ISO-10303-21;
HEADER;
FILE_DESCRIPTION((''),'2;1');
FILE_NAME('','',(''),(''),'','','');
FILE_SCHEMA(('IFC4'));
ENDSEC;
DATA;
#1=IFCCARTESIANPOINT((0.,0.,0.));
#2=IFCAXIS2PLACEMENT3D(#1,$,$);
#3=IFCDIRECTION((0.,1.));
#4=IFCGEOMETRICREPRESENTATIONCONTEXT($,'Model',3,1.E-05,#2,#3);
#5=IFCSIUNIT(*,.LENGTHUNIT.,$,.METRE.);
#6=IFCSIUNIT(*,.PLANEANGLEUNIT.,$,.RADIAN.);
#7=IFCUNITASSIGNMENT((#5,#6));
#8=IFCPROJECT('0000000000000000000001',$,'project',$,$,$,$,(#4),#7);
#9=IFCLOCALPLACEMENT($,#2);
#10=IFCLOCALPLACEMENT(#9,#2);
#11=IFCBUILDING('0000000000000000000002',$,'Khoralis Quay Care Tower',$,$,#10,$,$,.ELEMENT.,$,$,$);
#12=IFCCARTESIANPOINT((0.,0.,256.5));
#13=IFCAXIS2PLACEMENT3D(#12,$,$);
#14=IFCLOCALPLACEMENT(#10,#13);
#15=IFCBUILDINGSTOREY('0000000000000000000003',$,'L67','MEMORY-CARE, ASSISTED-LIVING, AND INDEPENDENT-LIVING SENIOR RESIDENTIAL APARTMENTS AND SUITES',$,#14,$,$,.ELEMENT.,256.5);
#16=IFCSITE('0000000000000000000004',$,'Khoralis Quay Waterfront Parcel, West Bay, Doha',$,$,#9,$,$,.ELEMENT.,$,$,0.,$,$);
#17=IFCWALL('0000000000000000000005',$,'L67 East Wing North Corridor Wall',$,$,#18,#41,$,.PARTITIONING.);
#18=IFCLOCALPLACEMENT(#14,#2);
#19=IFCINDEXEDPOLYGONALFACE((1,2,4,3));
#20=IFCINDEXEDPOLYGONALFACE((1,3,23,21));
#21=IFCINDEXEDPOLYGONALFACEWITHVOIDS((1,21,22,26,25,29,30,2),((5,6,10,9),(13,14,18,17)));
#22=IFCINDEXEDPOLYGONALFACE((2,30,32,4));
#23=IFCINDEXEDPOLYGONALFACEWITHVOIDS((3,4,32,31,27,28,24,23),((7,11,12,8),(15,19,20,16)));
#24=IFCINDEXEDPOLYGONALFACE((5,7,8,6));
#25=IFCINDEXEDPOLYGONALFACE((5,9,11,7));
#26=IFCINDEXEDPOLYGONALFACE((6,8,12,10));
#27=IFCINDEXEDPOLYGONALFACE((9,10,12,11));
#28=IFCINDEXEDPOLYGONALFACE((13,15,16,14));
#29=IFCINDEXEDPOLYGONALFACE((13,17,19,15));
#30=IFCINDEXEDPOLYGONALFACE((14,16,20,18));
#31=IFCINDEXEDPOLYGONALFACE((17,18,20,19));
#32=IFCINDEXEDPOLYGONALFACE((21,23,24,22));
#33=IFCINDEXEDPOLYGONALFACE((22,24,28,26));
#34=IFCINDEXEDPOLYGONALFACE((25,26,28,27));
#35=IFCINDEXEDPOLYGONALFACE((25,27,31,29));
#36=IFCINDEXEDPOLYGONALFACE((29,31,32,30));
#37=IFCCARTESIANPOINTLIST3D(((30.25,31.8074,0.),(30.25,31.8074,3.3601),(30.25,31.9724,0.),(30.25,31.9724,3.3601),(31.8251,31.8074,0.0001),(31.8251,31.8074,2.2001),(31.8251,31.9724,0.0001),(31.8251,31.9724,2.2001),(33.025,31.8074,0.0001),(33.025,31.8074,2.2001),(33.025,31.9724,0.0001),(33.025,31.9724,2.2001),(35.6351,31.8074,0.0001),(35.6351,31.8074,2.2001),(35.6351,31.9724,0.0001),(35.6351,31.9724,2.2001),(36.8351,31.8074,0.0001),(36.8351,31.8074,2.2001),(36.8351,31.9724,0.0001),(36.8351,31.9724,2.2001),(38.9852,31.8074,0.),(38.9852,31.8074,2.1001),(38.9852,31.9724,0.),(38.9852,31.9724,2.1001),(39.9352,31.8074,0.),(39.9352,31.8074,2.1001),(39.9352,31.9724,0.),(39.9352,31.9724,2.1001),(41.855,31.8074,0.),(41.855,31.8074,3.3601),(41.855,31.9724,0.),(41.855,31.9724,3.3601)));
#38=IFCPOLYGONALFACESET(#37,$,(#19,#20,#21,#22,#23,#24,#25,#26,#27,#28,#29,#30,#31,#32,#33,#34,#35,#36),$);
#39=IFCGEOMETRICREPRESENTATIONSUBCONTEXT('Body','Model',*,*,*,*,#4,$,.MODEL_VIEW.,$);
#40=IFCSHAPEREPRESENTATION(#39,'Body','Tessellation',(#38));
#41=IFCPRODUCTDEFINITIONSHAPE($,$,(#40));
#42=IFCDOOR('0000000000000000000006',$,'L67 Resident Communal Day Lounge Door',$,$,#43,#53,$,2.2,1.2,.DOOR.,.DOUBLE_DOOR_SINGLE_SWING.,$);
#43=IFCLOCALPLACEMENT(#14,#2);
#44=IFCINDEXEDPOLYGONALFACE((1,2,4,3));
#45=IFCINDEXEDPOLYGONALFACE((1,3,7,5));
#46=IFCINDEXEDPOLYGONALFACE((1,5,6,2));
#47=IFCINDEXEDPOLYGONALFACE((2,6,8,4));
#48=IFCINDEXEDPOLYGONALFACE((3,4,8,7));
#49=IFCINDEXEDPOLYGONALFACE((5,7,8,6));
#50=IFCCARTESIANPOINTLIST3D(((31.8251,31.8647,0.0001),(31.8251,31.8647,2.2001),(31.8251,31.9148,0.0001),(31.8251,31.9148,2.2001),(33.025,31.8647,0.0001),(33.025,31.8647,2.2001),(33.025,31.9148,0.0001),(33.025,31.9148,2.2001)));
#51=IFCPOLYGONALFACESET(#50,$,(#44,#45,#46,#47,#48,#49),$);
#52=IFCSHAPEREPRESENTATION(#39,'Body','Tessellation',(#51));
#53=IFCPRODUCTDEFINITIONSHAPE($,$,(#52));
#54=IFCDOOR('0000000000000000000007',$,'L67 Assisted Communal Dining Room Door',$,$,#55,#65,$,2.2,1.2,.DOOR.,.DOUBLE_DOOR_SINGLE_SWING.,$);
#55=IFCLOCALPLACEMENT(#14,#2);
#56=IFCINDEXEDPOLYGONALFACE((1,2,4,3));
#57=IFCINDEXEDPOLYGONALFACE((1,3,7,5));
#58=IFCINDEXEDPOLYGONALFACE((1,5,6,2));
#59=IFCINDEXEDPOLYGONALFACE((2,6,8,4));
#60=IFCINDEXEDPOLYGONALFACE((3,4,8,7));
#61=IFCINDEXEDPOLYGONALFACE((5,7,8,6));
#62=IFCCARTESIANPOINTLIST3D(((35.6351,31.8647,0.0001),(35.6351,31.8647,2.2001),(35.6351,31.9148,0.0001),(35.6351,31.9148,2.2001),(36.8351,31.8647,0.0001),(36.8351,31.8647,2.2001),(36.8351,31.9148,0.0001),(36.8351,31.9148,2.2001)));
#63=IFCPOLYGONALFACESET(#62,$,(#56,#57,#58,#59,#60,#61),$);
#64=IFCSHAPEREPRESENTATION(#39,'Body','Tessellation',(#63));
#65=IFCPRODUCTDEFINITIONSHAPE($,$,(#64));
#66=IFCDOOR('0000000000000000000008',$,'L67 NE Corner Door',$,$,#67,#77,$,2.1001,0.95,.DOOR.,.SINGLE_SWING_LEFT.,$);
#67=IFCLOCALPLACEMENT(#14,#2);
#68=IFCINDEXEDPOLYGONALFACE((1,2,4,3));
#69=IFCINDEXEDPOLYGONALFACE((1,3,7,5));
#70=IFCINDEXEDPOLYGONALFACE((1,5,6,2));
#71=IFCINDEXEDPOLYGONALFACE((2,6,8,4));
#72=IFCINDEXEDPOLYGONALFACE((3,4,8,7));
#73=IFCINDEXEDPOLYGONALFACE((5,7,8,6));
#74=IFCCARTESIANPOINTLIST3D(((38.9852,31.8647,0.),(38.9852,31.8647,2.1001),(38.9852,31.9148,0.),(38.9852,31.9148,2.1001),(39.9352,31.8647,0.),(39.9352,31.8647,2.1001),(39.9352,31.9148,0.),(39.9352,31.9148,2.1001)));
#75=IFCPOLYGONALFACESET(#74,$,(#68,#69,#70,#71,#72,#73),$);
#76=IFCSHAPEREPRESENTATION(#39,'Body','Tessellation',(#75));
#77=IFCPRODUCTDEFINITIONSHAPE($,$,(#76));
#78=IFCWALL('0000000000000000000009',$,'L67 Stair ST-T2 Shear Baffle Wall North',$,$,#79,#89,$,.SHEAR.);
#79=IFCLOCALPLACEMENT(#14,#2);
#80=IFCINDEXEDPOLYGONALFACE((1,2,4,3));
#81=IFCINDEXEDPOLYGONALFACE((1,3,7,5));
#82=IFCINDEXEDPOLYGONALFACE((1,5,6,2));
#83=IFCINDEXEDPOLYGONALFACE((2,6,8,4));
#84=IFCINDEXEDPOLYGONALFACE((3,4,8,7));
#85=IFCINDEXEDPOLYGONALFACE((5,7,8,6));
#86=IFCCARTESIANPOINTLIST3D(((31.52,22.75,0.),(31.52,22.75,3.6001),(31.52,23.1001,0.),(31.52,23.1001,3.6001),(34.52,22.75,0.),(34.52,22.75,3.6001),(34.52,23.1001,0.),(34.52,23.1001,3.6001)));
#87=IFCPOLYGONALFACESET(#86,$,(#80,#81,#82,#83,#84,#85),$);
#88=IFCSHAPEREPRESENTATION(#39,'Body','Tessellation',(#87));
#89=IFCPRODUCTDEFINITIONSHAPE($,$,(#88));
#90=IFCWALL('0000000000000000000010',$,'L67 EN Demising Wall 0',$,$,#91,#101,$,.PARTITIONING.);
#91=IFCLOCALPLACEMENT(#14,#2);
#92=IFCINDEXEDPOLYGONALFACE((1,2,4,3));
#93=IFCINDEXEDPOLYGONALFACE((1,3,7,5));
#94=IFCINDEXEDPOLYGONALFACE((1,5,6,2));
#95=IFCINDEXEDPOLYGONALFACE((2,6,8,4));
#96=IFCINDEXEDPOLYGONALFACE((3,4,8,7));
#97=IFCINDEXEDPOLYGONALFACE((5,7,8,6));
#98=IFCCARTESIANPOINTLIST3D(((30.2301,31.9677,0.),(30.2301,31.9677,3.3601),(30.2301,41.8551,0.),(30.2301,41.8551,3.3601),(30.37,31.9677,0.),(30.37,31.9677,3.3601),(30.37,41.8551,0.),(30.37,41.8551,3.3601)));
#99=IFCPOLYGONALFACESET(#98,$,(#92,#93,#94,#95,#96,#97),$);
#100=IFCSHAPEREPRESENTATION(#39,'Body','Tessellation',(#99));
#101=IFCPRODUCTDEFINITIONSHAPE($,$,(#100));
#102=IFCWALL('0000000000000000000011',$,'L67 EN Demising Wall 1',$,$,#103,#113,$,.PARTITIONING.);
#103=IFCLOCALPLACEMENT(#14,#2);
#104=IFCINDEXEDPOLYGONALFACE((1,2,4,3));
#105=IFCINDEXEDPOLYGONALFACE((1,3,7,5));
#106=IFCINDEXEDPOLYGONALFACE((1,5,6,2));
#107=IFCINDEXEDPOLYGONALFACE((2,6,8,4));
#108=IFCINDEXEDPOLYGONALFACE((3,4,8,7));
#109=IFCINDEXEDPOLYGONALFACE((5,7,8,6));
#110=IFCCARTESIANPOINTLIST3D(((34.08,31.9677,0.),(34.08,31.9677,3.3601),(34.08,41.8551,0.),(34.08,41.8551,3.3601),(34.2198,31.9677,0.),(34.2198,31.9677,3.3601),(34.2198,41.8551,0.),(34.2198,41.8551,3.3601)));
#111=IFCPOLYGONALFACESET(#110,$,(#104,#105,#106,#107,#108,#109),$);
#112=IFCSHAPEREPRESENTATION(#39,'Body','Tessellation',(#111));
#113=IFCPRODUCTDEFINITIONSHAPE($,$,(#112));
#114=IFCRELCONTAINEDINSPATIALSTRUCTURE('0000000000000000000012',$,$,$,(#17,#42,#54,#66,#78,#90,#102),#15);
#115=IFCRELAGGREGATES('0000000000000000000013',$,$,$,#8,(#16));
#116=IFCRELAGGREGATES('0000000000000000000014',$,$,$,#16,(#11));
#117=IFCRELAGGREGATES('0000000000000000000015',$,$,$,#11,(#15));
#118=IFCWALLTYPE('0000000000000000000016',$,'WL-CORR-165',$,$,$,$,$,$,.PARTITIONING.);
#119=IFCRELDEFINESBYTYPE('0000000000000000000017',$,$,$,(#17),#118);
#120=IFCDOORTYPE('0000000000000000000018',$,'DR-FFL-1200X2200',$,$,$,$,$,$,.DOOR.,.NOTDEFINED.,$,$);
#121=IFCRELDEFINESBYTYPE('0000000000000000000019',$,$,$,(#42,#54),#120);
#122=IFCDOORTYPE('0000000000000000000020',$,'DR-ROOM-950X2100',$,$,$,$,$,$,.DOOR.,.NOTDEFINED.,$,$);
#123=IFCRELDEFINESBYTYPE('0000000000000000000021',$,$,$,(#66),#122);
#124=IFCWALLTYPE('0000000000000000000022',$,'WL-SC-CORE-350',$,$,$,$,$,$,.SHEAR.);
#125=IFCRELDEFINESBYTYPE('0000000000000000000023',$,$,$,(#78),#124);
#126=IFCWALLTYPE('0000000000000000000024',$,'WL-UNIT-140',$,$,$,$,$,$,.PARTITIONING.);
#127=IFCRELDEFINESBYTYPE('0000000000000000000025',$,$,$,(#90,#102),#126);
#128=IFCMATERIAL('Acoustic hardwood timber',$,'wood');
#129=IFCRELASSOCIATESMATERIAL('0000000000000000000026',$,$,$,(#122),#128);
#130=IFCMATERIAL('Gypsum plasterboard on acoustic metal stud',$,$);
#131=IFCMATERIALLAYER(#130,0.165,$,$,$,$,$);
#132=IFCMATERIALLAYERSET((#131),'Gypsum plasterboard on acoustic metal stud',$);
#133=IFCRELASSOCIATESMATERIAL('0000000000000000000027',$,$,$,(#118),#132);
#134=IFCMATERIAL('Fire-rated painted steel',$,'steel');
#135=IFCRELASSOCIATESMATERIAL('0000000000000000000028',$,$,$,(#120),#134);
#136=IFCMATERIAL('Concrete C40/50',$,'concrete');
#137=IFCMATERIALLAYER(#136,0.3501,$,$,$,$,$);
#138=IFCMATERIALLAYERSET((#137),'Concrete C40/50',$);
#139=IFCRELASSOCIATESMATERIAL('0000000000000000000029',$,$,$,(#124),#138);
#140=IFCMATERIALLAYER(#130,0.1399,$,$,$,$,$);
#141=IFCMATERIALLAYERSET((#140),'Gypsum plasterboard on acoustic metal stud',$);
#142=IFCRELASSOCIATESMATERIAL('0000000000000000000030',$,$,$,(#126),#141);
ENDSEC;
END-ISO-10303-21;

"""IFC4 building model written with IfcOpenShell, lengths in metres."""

from ifc_helpers import new_model, si_unit, direction, frame, frame_2d, origin, place, context, subcontext, project, spatial, rectangle, extrude, source, transform, mapped, material, layer, layer_set, type_object, element, fill, save


model = new_model("IFC4")

# Units and contexts
model_context = context("Model", 3, precision=1e-05, world=origin(), true_north=direction((0.0, 1.0)))
body_context = subcontext(model_context, "Body", "Model", "MODEL_VIEW")
ifc_project = project(units=[si_unit("LENGTHUNIT", "METRE"), si_unit("PLANEANGLEUNIT", "RADIAN")], contexts=[model_context])

# Site, building, storey
site_placement = place(None, origin())
site = spatial("IfcSite", under=ifc_project, at=site_placement, Name="Khoralis Quay Waterfront Parcel, West Bay, Doha", CompositionType="ELEMENT", RefElevation=0.0)
building_placement = place(site_placement, origin())
building = spatial("IfcBuilding", under=site, at=building_placement, Name="Khoralis Quay Care Tower", CompositionType="ELEMENT")
storey_placement = place(building_placement, frame((0.0, 0.0, 256.5)))
storey = spatial("IfcBuildingStorey", under=building, at=storey_placement, Name="L67", Description="MEMORY-CARE, ASSISTED-LIVING, AND INDEPENDENT-LIVING SENIOR RESIDENTIAL APARTMENTS AND SUITES", CompositionType="ELEMENT", Elevation=256.5)

# Shared definitions
ifc_material_1 = material(Name="Acoustic hardwood timber", Category="wood")
door_type_1 = type_object("IfcDoorType", Name="DR-ROOM-950X2100", OperationType="NOTDEFINED", PredefinedType="DOOR", material=ifc_material_1)
shared_shape_1 = source(origin(), body_context, "Body", "SweptSolid", [
    extrude(rectangle(XDim=0.95, YDim=2.1001, at=frame_2d((0.4751, 1.05))), frame((0.0, 0.0249, 0.0), z_axis=(0.0, -1.0, 0.0), x_axis=(1.0, 0.0, 0.0)), (0.0, 0.0, 1.0), 0.05),
])

# Shared definitions
ifc_material_2 = material(Name="Gypsum plasterboard on acoustic metal stud")
ifc_layer_1 = layer(ifc_material_2, 0.165)
ifc_layer_set_1 = layer_set([ifc_layer_1], Name="Gypsum plasterboard on acoustic metal stud")
wall_type_1 = type_object("IfcWallType", Name="WL-CORR-165", PredefinedType="PARTITIONING", material=ifc_layer_set_1)
ifc_material_3 = material(Name="Fire-rated painted steel", Category="steel")
door_type_2 = type_object("IfcDoorType", Name="DR-FFL-1200X2200", OperationType="NOTDEFINED", PredefinedType="DOOR", material=ifc_material_3)
shared_shape_2 = source(origin(), body_context, "Body", "SweptSolid", [
    extrude(rectangle(XDim=1.2, YDim=2.2, at=frame_2d((0.6001, 1.1001))), frame((0.0, 0.0249, 0.0), z_axis=(0.0, -1.0, 0.0), x_axis=(1.0, 0.0, 0.0)), (0.0, 0.0, 1.0), 0.05),
])

# Wall, openings, doors
wall_1_placement = place(storey_placement, frame((30.25, 31.8899, 0.0), z_axis=(0.0, 0.0, 1.0), x_axis=(1.0, 0.0, 0.0)))
wall_1 = element("IfcWall", 1, at=wall_1_placement, inside=storey, type_object=wall_type_1, Name="L67 East Wing North Corridor Wall", PredefinedType="PARTITIONING", context=body_context, shape_type="SweptSolid", body=[
    extrude(rectangle(XDim=11.605, YDim=0.165, at=frame_2d((5.8025, 0.0))), origin(), (0.0, 0.0, 1.0), 3.3601),
])
opening_1_placement = place(wall_1_placement, frame((1.575, 0.0, 0.0)))
opening_1 = element("IfcOpeningElement", 2, at=opening_1_placement, cuts=wall_1, PredefinedType="OPENING", context=body_context, shape_type="SweptSolid", body=[
    extrude(rectangle(XDim=1.2, YDim=2.2, at=frame_2d((0.6001, 1.1001))), frame((0.0, 0.0925, 0.0), z_axis=(0.0, -1.0, 0.0), x_axis=(1.0, 0.0, 0.0)), (0.0, 0.0, 1.0), 0.1851),
])
opening_2_placement = place(wall_1_placement, frame((5.385, 0.0, 0.0)))
opening_2 = element("IfcOpeningElement", 3, at=opening_2_placement, cuts=wall_1, PredefinedType="OPENING", context=body_context, shape_type="SweptSolid", body=[
    extrude(rectangle(XDim=1.2, YDim=2.2, at=frame_2d((0.6001, 1.1001))), frame((0.0, 0.0925, 0.0), z_axis=(0.0, -1.0, 0.0), x_axis=(1.0, 0.0, 0.0)), (0.0, 0.0, 1.0), 0.1851),
])
opening_3_placement = place(wall_1_placement, frame((8.7351, 0.0, 0.0)))
opening_3 = element("IfcOpeningElement", 4, at=opening_3_placement, cuts=wall_1, PredefinedType="OPENING", context=body_context, shape_type="SweptSolid", body=[
    extrude(rectangle(XDim=0.95, YDim=2.1001, at=frame_2d((0.4751, 1.05))), frame((0.0, 0.0925, 0.0), z_axis=(0.0, -1.0, 0.0), x_axis=(1.0, 0.0, 0.0)), (0.0, 0.0, 1.0), 0.1851),
])
door_1_placement = place(opening_1_placement, origin())
door_1 = element("IfcDoor", 5, at=door_1_placement, inside=storey, type_object=door_type_2, Name="L67 Resident Communal Day Lounge Door", OperationType="DOUBLE_DOOR_SINGLE_SWING", OverallHeight=2.2, OverallWidth=1.2, PredefinedType="DOOR", context=body_context, shape_type="MappedRepresentation", body=[
    mapped(shared_shape_2, transform((0.0, 0.0, 0.0), scale=1.0)),
])
fill(opening_1, door_1)
door_2_placement = place(opening_2_placement, origin())
door_2 = element("IfcDoor", 6, at=door_2_placement, inside=storey, type_object=door_type_2, Name="L67 Assisted Communal Dining Room Door", OperationType="DOUBLE_DOOR_SINGLE_SWING", OverallHeight=2.2, OverallWidth=1.2, PredefinedType="DOOR", context=body_context, shape_type="MappedRepresentation", body=[
    mapped(shared_shape_2, transform((0.0, 0.0, 0.0), scale=1.0)),
])
fill(opening_2, door_2)
door_3_placement = place(opening_3_placement, origin())
door_3 = element("IfcDoor", 7, at=door_3_placement, inside=storey, type_object=door_type_1, Name="L67 NE Corner Door", OperationType="SINGLE_SWING_LEFT", OverallHeight=2.1001, OverallWidth=0.95, PredefinedType="DOOR", context=body_context, shape_type="MappedRepresentation", body=[
    mapped(shared_shape_1, transform((0.0, 0.0, 0.0), scale=1.0)),
])
fill(opening_3, door_3)

# Walls
ifc_material_4 = material(Name="Concrete C40/50", Category="concrete")
ifc_layer_2 = layer(ifc_material_4, 0.3501)
ifc_layer_set_2 = layer_set([ifc_layer_2], Name="Concrete C40/50")
wall_type_2 = type_object("IfcWallType", Name="WL-SC-CORE-350", PredefinedType="SHEAR", material=ifc_layer_set_2)
wall_2_placement = place(storey_placement, frame((31.52, 22.925, 0.0), z_axis=(0.0, 0.0, 1.0), x_axis=(1.0, 0.0, 0.0)))
element("IfcWall", 8, at=wall_2_placement, inside=storey, type_object=wall_type_2, Name="L67 Stair ST-T2 Shear Baffle Wall North", PredefinedType="SHEAR", context=body_context, shape_type="SweptSolid", body=[
    extrude(rectangle(XDim=3.0, YDim=0.3501, at=frame_2d((1.5, 0.0))), origin(), (0.0, 0.0, 1.0), 3.6001),
])
ifc_layer_3 = layer(ifc_material_2, 0.1399)
ifc_layer_set_3 = layer_set([ifc_layer_3], Name="Gypsum plasterboard on acoustic metal stud")
wall_type_3 = type_object("IfcWallType", Name="WL-UNIT-140", PredefinedType="PARTITIONING", material=ifc_layer_set_3)
for number, where, z_axis, x_axis, name in (
    (9, (30.3, 31.9675, 0.0), (0.0, 0.0, 1.0), (0.0, 1.0, 0.0), "L67 EN Demising Wall 0"),
    (10, (34.1499, 31.9675, 0.0), (0.0, 0.0, 1.0), (0.0, 1.0, 0.0), "L67 EN Demising Wall 1"),
):
    element("IfcWall", number, at=place(storey_placement, frame(where, z_axis=z_axis, x_axis=x_axis)), inside=storey, type_object=wall_type_3, Name=name, PredefinedType="PARTITIONING", context=body_context, shape_type="SweptSolid", body=[
        extrude(rectangle(XDim=9.8875, YDim=0.1399, at=frame_2d((4.9438, 0.0))), origin(), (0.0, 0.0, 1.0), 3.3601),
    ])

save(model, "model.ifc")
